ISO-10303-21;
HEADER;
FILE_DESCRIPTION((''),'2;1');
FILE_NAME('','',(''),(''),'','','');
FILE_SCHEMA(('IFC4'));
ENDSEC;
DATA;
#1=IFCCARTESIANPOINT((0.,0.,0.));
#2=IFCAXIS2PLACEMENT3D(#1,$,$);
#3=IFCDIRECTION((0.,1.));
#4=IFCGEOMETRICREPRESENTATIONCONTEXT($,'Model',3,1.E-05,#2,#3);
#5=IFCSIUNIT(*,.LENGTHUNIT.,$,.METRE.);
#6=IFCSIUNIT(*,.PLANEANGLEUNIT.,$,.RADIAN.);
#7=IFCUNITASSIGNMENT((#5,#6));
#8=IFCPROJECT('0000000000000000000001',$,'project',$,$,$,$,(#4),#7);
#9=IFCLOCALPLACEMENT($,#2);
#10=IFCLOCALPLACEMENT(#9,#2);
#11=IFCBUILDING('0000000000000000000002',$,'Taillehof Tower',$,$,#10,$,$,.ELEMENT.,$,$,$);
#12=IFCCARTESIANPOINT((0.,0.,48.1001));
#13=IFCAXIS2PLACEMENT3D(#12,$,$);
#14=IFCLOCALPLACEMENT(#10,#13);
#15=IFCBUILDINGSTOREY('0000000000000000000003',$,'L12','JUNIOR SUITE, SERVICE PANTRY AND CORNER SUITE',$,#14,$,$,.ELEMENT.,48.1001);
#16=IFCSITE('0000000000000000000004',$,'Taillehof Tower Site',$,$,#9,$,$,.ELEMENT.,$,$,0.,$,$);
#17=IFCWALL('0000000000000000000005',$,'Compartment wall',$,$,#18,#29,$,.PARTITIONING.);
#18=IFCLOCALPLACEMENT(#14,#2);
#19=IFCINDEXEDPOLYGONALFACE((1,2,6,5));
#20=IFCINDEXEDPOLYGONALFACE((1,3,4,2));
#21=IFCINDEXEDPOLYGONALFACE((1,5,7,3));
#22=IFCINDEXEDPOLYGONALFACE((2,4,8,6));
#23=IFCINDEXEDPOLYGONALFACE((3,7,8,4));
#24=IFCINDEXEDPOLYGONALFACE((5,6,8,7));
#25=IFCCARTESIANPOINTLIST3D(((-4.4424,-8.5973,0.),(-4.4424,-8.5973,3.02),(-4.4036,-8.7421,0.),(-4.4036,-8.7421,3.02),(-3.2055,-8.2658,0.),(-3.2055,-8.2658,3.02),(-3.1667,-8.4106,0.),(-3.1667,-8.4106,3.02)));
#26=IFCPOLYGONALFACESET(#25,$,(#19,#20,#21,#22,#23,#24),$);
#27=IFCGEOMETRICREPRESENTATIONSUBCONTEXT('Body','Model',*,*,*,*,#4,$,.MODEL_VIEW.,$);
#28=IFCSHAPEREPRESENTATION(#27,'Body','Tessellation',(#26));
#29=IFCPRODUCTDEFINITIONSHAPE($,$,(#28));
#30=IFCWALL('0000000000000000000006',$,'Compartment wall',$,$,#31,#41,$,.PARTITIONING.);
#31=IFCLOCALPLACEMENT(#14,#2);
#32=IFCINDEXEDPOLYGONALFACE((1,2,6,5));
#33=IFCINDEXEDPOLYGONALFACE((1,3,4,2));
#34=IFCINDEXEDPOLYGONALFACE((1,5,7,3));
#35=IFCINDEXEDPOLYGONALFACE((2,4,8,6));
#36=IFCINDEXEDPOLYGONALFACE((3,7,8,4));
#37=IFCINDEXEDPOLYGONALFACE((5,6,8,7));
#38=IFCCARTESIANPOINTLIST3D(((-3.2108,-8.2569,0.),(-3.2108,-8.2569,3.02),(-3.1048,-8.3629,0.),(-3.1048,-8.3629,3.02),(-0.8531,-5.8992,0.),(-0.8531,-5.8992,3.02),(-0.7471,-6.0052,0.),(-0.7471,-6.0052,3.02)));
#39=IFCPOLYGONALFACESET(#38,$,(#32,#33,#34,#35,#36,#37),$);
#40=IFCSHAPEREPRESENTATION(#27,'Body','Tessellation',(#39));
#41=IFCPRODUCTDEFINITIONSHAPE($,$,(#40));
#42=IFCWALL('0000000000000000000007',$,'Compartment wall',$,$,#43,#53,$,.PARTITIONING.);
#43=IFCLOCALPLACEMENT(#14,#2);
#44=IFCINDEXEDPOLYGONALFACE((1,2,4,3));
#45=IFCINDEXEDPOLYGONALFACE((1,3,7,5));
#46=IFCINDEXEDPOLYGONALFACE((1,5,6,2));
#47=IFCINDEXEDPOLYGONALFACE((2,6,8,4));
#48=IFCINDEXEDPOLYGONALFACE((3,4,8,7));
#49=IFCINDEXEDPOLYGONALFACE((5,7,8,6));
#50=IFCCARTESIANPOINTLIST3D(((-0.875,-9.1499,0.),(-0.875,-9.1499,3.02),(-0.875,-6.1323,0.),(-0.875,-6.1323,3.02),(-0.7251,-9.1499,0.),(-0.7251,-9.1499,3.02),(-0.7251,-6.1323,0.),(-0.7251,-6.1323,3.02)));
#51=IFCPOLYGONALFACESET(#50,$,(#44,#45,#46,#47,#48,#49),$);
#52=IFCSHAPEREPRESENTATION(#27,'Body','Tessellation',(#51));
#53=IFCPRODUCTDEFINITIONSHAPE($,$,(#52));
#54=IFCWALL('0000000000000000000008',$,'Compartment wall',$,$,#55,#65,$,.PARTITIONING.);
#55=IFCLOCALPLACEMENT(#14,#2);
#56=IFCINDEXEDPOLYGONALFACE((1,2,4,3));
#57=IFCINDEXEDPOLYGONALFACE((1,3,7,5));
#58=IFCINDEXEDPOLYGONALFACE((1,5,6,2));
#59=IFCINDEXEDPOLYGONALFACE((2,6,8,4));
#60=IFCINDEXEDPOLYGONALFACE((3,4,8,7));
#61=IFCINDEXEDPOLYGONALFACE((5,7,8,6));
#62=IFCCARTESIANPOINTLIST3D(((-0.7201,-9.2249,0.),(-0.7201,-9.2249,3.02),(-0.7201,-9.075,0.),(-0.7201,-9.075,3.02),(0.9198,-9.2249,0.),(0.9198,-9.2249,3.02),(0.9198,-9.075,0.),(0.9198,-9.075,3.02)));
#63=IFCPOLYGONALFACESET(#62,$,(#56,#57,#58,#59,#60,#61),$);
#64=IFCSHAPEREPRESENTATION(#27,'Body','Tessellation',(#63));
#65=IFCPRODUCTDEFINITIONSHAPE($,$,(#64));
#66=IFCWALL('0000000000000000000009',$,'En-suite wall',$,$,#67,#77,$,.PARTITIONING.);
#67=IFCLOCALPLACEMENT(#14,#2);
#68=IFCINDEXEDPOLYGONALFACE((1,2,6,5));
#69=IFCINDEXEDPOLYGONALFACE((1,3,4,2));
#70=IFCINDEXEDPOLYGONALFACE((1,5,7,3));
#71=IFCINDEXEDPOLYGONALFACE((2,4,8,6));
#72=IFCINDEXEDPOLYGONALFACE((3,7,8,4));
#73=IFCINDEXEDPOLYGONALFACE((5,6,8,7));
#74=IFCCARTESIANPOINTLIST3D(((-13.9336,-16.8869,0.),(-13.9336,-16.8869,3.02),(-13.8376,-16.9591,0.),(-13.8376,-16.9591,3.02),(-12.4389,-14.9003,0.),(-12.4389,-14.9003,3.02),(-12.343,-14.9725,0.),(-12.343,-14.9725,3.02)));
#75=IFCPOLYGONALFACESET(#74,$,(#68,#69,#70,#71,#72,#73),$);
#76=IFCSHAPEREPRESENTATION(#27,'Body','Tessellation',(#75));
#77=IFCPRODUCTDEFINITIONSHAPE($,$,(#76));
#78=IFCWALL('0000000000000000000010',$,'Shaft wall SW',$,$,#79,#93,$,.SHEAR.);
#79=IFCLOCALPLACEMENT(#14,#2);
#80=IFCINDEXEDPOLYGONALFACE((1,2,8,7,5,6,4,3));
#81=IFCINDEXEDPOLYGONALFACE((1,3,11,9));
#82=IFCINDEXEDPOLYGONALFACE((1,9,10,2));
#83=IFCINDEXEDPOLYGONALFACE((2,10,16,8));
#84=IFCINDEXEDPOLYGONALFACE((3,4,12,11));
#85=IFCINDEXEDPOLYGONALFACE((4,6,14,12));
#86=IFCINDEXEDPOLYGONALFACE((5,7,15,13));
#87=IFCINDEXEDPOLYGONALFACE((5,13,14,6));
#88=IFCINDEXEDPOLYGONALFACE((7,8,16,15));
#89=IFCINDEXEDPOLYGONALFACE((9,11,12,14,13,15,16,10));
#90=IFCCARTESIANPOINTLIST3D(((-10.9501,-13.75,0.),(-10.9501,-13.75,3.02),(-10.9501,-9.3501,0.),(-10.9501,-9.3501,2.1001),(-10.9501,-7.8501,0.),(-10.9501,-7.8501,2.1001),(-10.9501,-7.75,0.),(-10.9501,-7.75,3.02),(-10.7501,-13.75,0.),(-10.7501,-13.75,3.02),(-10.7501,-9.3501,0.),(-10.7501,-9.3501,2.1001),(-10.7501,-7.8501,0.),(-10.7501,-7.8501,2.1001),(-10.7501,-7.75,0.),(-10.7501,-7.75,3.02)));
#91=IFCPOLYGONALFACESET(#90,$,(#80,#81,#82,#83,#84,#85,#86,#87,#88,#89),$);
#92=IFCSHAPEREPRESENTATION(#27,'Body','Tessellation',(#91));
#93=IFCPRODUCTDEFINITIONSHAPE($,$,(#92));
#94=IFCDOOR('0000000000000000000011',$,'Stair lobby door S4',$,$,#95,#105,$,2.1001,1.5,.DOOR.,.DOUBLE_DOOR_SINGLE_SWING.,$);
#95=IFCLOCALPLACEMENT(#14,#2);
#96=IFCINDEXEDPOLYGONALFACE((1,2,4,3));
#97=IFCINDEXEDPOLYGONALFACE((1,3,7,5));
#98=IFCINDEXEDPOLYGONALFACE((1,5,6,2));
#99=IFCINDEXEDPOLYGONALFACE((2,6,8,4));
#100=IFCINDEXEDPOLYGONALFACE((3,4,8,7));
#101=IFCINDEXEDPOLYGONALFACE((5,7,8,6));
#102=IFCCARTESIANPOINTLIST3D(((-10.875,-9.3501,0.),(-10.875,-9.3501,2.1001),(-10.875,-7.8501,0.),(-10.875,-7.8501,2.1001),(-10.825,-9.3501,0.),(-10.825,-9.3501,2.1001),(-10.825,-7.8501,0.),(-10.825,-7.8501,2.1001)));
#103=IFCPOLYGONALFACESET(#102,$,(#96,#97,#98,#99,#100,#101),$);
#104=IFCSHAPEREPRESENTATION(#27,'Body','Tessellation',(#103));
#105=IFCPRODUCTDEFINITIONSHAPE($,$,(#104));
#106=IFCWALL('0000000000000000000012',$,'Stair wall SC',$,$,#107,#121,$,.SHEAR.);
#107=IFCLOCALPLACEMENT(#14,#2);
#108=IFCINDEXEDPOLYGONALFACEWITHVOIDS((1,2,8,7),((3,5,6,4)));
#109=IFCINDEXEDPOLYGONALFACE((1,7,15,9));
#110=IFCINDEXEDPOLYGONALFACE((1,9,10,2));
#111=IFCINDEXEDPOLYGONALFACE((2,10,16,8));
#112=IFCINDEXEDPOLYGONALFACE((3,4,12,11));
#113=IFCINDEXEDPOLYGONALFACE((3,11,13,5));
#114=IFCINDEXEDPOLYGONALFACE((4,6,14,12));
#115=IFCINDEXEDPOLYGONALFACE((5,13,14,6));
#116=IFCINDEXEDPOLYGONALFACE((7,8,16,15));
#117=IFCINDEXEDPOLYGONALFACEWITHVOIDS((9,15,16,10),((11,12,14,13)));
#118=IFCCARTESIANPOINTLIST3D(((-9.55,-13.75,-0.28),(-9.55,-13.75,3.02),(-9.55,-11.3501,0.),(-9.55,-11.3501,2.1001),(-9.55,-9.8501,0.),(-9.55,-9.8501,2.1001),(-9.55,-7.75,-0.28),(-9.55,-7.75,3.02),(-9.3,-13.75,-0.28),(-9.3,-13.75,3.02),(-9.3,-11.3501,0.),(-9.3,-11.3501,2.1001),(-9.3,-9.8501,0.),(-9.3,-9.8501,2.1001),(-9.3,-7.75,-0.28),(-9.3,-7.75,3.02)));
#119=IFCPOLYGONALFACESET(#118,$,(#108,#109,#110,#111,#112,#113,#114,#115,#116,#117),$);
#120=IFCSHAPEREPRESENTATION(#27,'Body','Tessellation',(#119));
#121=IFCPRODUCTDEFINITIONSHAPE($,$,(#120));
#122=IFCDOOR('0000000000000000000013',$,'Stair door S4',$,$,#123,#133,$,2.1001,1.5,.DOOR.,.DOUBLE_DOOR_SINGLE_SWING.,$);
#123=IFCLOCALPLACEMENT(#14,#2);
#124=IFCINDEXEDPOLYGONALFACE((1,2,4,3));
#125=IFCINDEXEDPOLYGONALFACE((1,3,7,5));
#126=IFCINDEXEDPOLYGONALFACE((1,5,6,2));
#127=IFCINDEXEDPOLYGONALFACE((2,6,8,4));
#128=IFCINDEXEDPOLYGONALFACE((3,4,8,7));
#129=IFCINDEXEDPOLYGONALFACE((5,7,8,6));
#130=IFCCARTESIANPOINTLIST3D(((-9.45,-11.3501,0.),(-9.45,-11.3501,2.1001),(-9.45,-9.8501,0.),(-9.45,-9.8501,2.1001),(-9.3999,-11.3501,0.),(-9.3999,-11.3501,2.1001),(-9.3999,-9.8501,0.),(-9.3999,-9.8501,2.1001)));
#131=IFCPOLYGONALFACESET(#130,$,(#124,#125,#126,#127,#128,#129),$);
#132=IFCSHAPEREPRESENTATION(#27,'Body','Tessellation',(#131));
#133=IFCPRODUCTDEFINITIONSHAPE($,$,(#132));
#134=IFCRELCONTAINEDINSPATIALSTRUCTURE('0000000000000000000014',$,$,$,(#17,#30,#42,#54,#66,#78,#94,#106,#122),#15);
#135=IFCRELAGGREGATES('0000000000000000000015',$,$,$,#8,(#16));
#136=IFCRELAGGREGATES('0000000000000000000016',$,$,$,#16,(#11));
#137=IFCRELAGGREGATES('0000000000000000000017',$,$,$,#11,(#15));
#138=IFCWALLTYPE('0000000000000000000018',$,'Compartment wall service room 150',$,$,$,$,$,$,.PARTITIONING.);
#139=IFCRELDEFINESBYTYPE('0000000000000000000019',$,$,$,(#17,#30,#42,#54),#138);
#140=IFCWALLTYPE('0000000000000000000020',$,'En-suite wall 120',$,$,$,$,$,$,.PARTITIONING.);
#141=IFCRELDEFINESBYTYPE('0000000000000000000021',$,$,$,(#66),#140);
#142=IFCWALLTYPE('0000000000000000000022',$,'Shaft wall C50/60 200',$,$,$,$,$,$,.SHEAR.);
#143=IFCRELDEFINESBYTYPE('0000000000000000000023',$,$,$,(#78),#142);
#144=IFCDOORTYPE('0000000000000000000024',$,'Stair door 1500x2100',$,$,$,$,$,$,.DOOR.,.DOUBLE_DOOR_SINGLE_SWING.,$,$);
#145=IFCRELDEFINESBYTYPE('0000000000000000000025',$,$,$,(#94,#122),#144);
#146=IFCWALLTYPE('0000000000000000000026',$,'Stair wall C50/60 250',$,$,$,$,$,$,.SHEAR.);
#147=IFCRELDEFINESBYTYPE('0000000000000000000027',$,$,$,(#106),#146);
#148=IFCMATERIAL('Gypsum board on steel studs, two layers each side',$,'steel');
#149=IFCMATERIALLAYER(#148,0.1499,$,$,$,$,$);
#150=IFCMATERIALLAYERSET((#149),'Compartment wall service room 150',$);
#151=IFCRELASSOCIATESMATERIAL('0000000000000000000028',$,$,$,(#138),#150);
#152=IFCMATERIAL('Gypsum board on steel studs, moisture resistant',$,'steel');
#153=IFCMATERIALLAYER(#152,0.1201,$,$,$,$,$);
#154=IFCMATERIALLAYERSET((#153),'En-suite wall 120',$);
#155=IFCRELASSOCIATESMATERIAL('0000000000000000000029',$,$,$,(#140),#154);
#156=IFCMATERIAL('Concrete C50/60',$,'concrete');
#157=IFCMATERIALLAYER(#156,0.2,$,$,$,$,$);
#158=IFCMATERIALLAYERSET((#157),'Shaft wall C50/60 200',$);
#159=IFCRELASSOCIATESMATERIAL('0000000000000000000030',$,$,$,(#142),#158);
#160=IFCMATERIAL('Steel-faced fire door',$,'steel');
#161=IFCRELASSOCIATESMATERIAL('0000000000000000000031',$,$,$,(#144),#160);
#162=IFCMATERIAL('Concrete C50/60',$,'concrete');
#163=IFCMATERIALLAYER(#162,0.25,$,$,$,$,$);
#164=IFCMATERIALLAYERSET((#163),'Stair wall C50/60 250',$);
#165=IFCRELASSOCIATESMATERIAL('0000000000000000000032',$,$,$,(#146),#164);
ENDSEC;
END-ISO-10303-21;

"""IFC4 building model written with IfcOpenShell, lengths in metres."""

from ifc_helpers import new_model, si_unit, direction, frame, frame_2d, origin, place, context, subcontext, project, spatial, rectangle, extrude, material, layer, layer_set, type_object, element, fill, save


model = new_model("IFC4")

# Units and contexts
model_context = context("Model", 3, precision=1e-05, world=origin(), true_north=direction((0.0, 1.0)))
body_context = subcontext(model_context, "Body", "Model", "MODEL_VIEW")
ifc_project = project(units=[si_unit("LENGTHUNIT", "METRE"), si_unit("PLANEANGLEUNIT", "RADIAN")], contexts=[model_context])

# Site, building, storey
site_placement = place(None, origin())
site = spatial("IfcSite", under=ifc_project, at=site_placement, Name="Taillehof Tower Site", CompositionType="ELEMENT", RefElevation=0.0)
building_placement = place(site_placement, origin())
building = spatial("IfcBuilding", under=site, at=building_placement, Name="Taillehof Tower", CompositionType="ELEMENT")
storey_placement = place(building_placement, frame((0.0, 0.0, 48.1001)))
storey = spatial("IfcBuildingStorey", under=building, at=storey_placement, Name="L12", Description="JUNIOR SUITE, SERVICE PANTRY AND CORNER SUITE", CompositionType="ELEMENT", Elevation=48.1001)

# Walls
ifc_material_1 = material(Name="Gypsum board on steel studs, two layers each side", Category="steel")
ifc_layer_1 = layer(ifc_material_1, 0.1499)
ifc_layer_set_1 = layer_set([ifc_layer_1], Name="Compartment wall service room 150")
wall_type_1 = type_object("IfcWallType", Name="Compartment wall service room 150", PredefinedType="PARTITIONING", material=ifc_layer_set_1)
wall_1_placement = place(storey_placement, frame((-4.4229, -8.6697, 0.0), z_axis=(0.0, 0.0, 1.0), x_axis=(0.965899, 0.25892, 0.0)))
element("IfcWall", 1, at=wall_1_placement, inside=storey, type_object=wall_type_1, Name="Compartment wall", PredefinedType="PARTITIONING", context=body_context, shape_type="SweptSolid", body=[
    extrude(rectangle(XDim=1.2805, YDim=0.1499, at=frame_2d((0.6401, 0.0))), origin(), (0.0, 0.0, 1.0), 3.02),
])
wall_2_placement = place(storey_placement, frame((-3.1577, -8.3098, 0.0), z_axis=(0.0, 0.0, 1.0), x_axis=(0.707107, 0.707107, 0.0)))
element("IfcWall", 2, at=wall_2_placement, inside=storey, type_object=wall_type_1, Name="Compartment wall", PredefinedType="PARTITIONING", context=body_context, shape_type="SweptSolid", body=[
    extrude(rectangle(XDim=3.3342, YDim=0.1499, at=frame_2d((1.667, 0.0))), origin(), (0.0, 0.0, 1.0), 3.02),
])
wall_3_placement = place(storey_placement, frame((-0.8, -6.1323, 0.0), z_axis=(0.0, 0.0, 1.0), x_axis=(0.0, -1.0, 0.0)))
element("IfcWall", 3, at=wall_3_placement, inside=storey, type_object=wall_type_1, Name="Compartment wall", PredefinedType="PARTITIONING", context=body_context, shape_type="SweptSolid", body=[
    extrude(rectangle(XDim=3.0176, YDim=0.1499, at=frame_2d((1.5088, 0.0))), origin(), (0.0, 0.0, 1.0), 3.02),
])
wall_4_placement = place(storey_placement, frame((-0.72, -9.1499, 0.0), z_axis=(0.0, 0.0, 1.0), x_axis=(1.0, 0.0, 0.0)))
element("IfcWall", 4, at=wall_4_placement, inside=storey, type_object=wall_type_1, Name="Compartment wall", PredefinedType="PARTITIONING", context=body_context, shape_type="SweptSolid", body=[
    extrude(rectangle(XDim=1.6399, YDim=0.1499, at=frame_2d((0.8198, 0.0))), origin(), (0.0, 0.0, 1.0), 3.02),
])
ifc_material_2 = material(Name="Gypsum board on steel studs, moisture resistant", Category="steel")
ifc_layer_2 = layer(ifc_material_2, 0.1201)
ifc_layer_set_2 = layer_set([ifc_layer_2], Name="En-suite wall 120")
wall_type_2 = type_object("IfcWallType", Name="En-suite wall 120", PredefinedType="PARTITIONING", material=ifc_layer_set_2)
wall_5_placement = place(storey_placement, frame((-12.3909, -14.9363, 0.0), z_axis=(0.0, 0.0, 1.0), x_axis=(-0.601209, -0.799092, 0.0)))
element("IfcWall", 5, at=wall_5_placement, inside=storey, type_object=wall_type_2, Name="En-suite wall", PredefinedType="PARTITIONING", context=body_context, shape_type="SweptSolid", body=[
    extrude(rectangle(XDim=2.4861, YDim=0.1201, at=frame_2d((1.2432, 0.0))), origin(), (0.0, 0.0, 1.0), 3.02),
])

# Walls, openings, doors
ifc_material_3 = material(Name="Concrete C50/60", Category="concrete")
ifc_layer_3 = layer(ifc_material_3, 0.2)
ifc_layer_set_3 = layer_set([ifc_layer_3], Name="Shaft wall C50/60 200")
wall_type_3 = type_object("IfcWallType", Name="Shaft wall C50/60 200", PredefinedType="SHEAR", material=ifc_layer_set_3)
wall_6_placement = place(storey_placement, frame((-10.8501, -13.75, 0.0), z_axis=(0.0, 0.0, 1.0), x_axis=(0.0, 1.0, 0.0)))
wall_6 = element("IfcWall", 6, at=wall_6_placement, inside=storey, type_object=wall_type_3, Name="Shaft wall SW", PredefinedType="SHEAR", context=body_context, shape_type="SweptSolid", body=[
    extrude(rectangle(XDim=6.0, YDim=0.2, at=frame_2d((3.0, 0.0))), origin(), (0.0, 0.0, 1.0), 3.02),
])
opening_1_placement = place(wall_6_placement, frame((4.3999, 0.0, 0.0)))
opening_1 = element("IfcOpeningElement", 7, at=opening_1_placement, cuts=wall_6, PredefinedType="OPENING", context=body_context, shape_type="SweptSolid", body=[
    extrude(rectangle(XDim=1.5, YDim=2.1001, at=frame_2d((0.75, 1.05))), frame((0.0, 0.1099, 0.0), z_axis=(0.0, -1.0, 0.0), x_axis=(1.0, 0.0, 0.0)), (0.0, 0.0, 1.0), 0.22),
])
ifc_material_4 = material(Name="Steel-faced fire door", Category="steel")
door_type = type_object("IfcDoorType", Name="Stair door 1500x2100", OperationType="DOUBLE_DOOR_SINGLE_SWING", PredefinedType="DOOR", material=ifc_material_4)
door_1_placement = place(opening_1_placement, origin())
door_1 = element("IfcDoor", 8, at=door_1_placement, inside=storey, type_object=door_type, Name="Stair lobby door S4", OperationType="DOUBLE_DOOR_SINGLE_SWING", OverallHeight=2.1001, OverallWidth=1.5, PredefinedType="DOOR", context=body_context, shape_type="SweptSolid", body=[
    extrude(rectangle(XDim=1.5, YDim=2.1001, at=frame_2d((0.75, 1.05))), frame((0.0, 0.0249, 0.0), z_axis=(0.0, -1.0, 0.0), x_axis=(1.0, 0.0, 0.0)), (0.0, 0.0, 1.0), 0.05),
])
fill(opening_1, door_1)
ifc_material_5 = material(Name="Concrete C50/60", Category="concrete")
ifc_layer_4 = layer(ifc_material_5, 0.25)
ifc_layer_set_4 = layer_set([ifc_layer_4], Name="Stair wall C50/60 250")
wall_type_4 = type_object("IfcWallType", Name="Stair wall C50/60 250", PredefinedType="SHEAR", material=ifc_layer_set_4)
wall_7_placement = place(storey_placement, frame((-9.425, -13.75, -0.28), z_axis=(0.0, 0.0, 1.0), x_axis=(0.0, 1.0, 0.0)))
wall_7 = element("IfcWall", 9, at=wall_7_placement, inside=storey, type_object=wall_type_4, Name="Stair wall SC", PredefinedType="SHEAR", context=body_context, shape_type="SweptSolid", body=[
    extrude(rectangle(XDim=6.0, YDim=0.25, at=frame_2d((3.0, 0.0))), origin(), (0.0, 0.0, 1.0), 3.3),
])
opening_2_placement = place(wall_7_placement, frame((2.3999, 0.0, 0.28)))
opening_2 = element("IfcOpeningElement", 10, at=opening_2_placement, cuts=wall_7, PredefinedType="OPENING", context=body_context, shape_type="SweptSolid", body=[
    extrude(rectangle(XDim=1.5, YDim=2.1001, at=frame_2d((0.75, 1.05))), frame((0.0, 0.135, 0.0), z_axis=(0.0, -1.0, 0.0), x_axis=(1.0, 0.0, 0.0)), (0.0, 0.0, 1.0), 0.27),
])
door_2_placement = place(opening_2_placement, origin())
door_2 = element("IfcDoor", 11, at=door_2_placement, inside=storey, type_object=door_type, Name="Stair door S4", OperationType="DOUBLE_DOOR_SINGLE_SWING", OverallHeight=2.1001, OverallWidth=1.5, PredefinedType="DOOR", context=body_context, shape_type="SweptSolid", body=[
    extrude(rectangle(XDim=1.5, YDim=2.1001, at=frame_2d((0.75, 1.05))), frame((0.0, 0.0249, 0.0), z_axis=(0.0, -1.0, 0.0), x_axis=(1.0, 0.0, 0.0)), (0.0, 0.0, 1.0), 0.05),
])
fill(opening_2, door_2)

save(model, "model.ifc")
